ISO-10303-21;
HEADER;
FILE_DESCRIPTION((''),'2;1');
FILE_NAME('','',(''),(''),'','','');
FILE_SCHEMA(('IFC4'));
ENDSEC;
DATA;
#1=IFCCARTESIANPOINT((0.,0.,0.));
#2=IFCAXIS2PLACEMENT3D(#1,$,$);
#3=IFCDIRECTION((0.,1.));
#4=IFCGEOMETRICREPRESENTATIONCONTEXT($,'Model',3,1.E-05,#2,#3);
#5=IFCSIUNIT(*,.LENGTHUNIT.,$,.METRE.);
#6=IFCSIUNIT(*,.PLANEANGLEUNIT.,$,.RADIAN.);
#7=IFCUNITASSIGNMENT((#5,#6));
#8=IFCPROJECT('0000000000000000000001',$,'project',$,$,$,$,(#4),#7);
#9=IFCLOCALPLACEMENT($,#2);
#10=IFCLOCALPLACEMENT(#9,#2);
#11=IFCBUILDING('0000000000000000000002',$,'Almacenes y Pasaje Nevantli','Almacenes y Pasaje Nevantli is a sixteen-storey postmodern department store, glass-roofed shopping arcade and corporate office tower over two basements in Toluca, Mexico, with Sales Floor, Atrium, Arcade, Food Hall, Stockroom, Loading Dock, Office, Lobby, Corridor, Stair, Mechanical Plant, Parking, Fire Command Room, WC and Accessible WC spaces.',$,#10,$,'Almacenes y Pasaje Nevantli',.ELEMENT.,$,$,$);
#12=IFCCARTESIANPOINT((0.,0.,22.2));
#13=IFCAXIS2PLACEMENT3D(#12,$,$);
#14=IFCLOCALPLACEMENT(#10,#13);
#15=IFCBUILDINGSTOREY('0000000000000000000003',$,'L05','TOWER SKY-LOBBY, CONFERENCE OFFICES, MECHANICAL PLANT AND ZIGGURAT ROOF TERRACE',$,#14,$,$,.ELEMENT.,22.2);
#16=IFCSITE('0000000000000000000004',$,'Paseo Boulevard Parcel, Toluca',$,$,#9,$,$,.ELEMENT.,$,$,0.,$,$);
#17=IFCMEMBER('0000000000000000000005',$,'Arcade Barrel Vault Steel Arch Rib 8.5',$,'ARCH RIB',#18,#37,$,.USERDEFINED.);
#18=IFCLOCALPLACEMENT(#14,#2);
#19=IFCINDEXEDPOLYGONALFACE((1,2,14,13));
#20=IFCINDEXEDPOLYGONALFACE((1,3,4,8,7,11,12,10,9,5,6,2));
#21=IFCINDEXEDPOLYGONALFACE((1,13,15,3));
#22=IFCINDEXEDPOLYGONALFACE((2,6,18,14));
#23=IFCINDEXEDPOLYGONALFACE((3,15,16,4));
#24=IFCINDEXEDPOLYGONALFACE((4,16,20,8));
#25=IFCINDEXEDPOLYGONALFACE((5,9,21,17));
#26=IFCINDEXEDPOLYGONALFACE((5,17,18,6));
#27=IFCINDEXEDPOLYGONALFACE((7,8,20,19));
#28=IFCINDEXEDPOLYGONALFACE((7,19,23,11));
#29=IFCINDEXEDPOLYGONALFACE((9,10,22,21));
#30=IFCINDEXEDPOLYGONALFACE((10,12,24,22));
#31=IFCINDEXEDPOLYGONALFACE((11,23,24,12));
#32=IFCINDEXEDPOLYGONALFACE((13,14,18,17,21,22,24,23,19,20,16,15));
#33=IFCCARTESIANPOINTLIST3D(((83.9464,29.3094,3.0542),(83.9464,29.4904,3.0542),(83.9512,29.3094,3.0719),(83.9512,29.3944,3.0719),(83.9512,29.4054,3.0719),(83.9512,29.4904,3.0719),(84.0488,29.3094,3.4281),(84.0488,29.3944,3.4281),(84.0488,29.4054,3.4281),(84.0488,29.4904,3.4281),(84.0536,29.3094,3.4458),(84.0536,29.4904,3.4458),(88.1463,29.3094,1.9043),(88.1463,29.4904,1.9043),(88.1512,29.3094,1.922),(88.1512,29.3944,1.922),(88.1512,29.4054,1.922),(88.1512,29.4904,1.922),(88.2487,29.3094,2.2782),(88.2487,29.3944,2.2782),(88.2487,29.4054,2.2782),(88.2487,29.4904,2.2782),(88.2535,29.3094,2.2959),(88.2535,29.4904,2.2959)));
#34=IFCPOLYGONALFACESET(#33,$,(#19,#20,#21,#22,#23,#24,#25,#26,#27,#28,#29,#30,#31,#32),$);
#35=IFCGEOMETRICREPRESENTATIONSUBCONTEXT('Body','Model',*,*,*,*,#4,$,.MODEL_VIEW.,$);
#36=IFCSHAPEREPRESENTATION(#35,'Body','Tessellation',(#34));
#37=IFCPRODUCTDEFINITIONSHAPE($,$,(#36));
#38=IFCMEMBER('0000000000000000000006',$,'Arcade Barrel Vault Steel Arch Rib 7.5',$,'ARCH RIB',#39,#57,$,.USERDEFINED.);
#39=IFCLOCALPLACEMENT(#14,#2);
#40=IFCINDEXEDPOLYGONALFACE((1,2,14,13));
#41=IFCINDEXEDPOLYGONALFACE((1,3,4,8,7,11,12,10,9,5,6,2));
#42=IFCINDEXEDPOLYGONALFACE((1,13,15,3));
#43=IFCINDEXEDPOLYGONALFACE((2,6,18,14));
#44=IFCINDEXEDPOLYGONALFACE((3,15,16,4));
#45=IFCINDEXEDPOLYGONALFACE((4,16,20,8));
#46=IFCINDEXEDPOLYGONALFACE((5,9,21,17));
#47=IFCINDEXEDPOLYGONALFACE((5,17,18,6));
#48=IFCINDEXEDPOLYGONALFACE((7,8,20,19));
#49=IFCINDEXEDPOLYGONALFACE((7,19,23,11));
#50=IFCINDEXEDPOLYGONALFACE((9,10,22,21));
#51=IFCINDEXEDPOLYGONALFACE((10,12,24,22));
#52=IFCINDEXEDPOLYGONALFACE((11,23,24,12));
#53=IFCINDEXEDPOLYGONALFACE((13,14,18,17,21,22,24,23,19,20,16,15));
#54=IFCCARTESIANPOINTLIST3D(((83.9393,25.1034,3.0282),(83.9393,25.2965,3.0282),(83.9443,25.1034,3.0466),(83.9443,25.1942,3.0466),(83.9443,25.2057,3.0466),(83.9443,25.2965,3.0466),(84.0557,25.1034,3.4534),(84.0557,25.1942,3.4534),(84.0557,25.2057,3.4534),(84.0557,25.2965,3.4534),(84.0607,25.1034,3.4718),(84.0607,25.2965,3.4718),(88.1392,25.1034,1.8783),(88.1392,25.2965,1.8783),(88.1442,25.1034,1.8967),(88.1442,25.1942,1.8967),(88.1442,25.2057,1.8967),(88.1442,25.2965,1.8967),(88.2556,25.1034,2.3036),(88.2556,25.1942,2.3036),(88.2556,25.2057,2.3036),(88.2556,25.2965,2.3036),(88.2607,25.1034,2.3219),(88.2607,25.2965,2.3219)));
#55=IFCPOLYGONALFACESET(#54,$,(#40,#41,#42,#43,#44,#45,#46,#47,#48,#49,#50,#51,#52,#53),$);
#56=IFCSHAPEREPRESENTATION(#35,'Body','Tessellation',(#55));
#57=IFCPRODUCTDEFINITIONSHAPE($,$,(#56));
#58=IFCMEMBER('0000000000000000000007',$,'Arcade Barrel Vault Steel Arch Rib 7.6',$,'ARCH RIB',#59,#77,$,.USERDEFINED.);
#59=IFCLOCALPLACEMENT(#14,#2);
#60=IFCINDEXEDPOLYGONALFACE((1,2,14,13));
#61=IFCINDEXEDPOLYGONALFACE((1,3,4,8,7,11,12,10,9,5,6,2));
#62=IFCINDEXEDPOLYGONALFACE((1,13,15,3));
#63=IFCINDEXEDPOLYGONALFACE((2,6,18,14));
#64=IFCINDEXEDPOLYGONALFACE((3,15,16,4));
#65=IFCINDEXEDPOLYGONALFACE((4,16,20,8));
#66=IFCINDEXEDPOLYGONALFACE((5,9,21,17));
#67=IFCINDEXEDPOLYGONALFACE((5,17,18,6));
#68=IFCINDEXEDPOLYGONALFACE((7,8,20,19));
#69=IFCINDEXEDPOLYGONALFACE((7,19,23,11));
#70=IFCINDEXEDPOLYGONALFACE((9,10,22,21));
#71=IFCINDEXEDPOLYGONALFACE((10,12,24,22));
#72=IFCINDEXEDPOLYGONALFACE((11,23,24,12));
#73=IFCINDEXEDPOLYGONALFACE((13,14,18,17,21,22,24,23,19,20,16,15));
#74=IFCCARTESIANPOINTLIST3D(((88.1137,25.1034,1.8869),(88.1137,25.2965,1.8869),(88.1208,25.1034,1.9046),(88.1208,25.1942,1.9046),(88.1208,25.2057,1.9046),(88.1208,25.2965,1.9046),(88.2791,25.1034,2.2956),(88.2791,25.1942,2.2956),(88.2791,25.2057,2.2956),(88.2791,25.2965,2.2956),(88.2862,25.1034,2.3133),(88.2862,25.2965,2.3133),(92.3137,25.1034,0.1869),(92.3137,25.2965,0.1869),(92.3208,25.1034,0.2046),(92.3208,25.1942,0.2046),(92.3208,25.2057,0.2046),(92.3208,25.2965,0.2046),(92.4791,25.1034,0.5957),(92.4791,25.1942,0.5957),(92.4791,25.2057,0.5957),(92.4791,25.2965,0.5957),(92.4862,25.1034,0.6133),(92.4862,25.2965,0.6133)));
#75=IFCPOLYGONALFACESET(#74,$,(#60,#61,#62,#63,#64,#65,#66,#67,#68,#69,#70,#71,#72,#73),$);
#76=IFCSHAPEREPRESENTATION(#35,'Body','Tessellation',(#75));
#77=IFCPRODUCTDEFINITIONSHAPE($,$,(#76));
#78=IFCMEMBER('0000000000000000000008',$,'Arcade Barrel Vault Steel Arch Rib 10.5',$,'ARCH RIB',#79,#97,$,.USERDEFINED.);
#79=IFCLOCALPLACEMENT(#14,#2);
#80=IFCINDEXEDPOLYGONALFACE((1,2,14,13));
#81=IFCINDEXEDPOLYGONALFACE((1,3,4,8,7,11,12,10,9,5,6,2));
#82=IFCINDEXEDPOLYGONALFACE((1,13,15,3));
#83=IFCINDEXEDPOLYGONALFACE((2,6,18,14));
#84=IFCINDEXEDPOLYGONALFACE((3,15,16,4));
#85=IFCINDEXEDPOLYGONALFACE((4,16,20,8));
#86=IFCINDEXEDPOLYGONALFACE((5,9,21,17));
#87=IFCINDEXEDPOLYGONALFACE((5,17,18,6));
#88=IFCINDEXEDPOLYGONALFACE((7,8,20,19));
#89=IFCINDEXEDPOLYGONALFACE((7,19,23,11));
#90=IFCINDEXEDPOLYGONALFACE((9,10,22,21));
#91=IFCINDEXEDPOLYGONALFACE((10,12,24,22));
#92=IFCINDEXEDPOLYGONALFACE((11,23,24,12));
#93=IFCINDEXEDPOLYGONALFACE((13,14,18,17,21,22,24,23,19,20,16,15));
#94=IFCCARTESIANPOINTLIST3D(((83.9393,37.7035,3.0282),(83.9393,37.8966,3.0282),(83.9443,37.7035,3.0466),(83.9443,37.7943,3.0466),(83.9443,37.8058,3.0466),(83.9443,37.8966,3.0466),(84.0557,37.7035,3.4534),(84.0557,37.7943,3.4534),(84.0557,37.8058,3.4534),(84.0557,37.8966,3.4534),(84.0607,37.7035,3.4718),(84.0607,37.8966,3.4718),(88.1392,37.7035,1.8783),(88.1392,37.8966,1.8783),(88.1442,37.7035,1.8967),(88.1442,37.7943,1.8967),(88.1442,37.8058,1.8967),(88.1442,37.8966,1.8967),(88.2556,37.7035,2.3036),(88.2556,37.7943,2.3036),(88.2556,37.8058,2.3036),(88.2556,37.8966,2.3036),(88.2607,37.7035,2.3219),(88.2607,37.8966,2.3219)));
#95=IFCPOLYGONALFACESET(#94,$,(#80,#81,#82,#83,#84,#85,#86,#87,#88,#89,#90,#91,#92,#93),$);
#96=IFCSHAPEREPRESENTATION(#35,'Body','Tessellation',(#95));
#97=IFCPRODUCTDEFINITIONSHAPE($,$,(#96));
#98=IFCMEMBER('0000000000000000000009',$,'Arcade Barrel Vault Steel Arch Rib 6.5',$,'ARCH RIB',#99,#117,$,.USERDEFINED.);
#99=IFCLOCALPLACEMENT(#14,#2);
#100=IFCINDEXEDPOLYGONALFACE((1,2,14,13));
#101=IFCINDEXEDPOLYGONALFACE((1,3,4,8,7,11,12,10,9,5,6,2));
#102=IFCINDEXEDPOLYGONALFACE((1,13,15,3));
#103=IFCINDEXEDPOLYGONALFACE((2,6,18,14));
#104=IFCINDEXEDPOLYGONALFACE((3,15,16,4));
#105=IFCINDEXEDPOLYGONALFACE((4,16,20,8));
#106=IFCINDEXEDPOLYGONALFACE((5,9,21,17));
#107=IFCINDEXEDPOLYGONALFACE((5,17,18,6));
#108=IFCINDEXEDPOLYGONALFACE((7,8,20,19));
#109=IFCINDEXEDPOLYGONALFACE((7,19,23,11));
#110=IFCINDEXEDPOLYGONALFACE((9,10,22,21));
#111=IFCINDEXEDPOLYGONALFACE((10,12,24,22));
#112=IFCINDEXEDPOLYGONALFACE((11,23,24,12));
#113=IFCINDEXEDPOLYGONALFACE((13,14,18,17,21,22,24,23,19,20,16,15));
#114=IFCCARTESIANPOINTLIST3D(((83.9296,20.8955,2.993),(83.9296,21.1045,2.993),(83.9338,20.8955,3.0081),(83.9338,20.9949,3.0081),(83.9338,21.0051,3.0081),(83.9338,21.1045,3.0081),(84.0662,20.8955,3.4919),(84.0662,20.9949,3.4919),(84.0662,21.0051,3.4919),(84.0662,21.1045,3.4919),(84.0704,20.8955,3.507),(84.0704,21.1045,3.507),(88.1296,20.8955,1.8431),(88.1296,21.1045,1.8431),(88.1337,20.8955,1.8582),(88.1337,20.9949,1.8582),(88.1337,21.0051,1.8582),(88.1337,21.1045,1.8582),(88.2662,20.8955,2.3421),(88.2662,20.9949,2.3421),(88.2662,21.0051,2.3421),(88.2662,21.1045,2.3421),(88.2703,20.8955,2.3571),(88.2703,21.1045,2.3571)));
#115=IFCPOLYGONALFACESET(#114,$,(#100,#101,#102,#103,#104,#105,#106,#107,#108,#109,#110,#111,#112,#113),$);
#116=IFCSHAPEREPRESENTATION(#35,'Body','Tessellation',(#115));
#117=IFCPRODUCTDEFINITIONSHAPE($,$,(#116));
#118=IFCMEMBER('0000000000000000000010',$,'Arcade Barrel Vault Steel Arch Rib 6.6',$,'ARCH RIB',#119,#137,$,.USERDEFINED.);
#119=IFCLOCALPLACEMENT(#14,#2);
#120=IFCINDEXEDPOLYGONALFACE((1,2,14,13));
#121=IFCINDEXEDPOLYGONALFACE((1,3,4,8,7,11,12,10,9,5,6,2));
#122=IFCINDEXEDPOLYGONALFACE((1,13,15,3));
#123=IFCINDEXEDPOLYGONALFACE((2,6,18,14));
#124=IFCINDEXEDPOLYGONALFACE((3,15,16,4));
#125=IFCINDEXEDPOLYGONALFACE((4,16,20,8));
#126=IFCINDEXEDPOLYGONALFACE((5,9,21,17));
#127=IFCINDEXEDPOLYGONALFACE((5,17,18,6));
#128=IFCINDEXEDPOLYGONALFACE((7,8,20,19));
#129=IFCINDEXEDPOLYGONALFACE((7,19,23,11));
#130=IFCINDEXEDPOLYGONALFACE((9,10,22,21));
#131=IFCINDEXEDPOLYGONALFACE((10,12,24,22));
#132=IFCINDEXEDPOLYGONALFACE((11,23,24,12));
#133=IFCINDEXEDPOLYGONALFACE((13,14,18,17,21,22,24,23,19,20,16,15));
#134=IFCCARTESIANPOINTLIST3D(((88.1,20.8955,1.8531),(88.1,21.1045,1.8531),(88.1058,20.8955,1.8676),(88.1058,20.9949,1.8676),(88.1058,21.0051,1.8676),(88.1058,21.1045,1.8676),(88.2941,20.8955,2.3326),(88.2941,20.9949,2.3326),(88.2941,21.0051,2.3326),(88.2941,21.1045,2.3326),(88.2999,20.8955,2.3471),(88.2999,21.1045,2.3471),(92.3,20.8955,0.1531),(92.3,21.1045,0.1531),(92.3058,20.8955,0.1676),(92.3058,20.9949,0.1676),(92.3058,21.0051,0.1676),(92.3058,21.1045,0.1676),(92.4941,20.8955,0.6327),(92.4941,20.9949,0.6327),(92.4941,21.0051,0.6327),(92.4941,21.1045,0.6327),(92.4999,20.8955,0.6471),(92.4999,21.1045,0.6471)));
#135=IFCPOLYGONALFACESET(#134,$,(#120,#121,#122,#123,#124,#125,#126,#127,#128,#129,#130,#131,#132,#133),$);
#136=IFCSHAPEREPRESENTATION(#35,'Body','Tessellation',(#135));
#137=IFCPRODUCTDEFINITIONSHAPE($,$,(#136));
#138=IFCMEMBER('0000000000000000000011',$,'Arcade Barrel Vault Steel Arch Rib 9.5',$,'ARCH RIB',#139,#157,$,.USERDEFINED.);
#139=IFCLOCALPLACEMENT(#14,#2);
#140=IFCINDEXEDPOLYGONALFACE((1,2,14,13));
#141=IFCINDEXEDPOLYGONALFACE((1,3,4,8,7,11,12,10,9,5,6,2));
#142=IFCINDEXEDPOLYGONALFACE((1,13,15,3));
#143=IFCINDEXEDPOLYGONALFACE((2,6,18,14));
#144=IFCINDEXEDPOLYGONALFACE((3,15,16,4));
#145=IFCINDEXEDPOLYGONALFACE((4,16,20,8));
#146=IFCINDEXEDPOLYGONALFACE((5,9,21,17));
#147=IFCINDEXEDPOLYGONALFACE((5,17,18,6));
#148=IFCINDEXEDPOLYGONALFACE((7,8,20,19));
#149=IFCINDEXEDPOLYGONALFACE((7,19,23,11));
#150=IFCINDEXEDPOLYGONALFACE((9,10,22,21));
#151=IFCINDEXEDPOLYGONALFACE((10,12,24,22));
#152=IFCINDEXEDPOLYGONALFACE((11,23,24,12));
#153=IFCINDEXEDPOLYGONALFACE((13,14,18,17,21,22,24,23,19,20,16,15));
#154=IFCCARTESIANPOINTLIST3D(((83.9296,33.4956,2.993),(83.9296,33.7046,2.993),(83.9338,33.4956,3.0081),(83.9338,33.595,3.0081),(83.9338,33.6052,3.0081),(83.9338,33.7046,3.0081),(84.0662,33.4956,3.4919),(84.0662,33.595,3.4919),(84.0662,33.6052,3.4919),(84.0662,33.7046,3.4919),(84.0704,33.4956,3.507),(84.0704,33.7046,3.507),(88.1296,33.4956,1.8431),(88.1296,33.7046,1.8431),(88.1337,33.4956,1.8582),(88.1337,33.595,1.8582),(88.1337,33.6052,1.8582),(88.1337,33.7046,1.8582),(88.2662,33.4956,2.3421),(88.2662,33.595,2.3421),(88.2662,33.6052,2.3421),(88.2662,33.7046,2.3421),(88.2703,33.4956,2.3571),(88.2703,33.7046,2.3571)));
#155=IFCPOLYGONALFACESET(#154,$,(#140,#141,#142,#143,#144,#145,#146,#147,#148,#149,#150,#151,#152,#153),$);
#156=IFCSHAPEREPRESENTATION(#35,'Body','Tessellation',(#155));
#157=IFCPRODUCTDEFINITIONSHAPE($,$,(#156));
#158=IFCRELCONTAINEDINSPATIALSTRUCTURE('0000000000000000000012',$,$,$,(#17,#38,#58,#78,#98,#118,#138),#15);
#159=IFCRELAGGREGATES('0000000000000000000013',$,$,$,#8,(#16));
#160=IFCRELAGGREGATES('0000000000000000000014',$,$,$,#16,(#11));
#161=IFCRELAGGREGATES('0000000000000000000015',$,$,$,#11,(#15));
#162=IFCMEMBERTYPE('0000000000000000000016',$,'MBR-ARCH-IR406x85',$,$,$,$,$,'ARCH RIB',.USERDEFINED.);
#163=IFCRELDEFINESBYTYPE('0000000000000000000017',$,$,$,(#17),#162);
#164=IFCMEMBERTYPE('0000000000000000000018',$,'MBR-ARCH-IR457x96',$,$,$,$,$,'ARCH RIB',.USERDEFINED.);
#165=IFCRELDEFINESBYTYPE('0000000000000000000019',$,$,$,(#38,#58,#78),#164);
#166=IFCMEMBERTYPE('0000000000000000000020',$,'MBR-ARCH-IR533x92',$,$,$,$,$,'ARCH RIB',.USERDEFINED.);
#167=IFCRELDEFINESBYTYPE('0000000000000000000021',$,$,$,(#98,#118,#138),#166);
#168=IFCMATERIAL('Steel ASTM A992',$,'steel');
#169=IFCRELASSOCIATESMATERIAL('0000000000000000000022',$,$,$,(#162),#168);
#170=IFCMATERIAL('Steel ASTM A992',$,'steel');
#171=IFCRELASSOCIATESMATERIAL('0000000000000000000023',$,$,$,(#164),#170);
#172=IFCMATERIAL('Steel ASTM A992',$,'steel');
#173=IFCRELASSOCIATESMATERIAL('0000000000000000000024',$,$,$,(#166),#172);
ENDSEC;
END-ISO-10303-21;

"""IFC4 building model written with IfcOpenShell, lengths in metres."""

from ifc_helpers import new_model, si_unit, direction, frame, origin, origin_2d, place, context, subcontext, project, spatial, i_section, extrude, material, material_profile, profile_set, type_object, element, save


model = new_model("IFC4")

# Units and contexts
model_context = context("Model", 3, precision=1e-05, world=origin(), true_north=direction((0.0, 1.0)))
body_context = subcontext(model_context, "Body", "Model", "MODEL_VIEW")
ifc_project = project(units=[si_unit("LENGTHUNIT", "METRE"), si_unit("PLANEANGLEUNIT", "RADIAN")], contexts=[model_context])

# Site, building, storey
site_placement = place(None, origin())
site = spatial("IfcSite", under=ifc_project, at=site_placement, Name="Paseo Boulevard Parcel, Toluca", CompositionType="ELEMENT", RefElevation=0.0)
building_placement = place(site_placement, origin())
building = spatial("IfcBuilding", under=site, at=building_placement, Name="Almacenes y Pasaje Nevantli", Description="Almacenes y Pasaje Nevantli is a sixteen-storey postmodern department store, glass-roofed shopping arcade and corporate office tower over two basements in Toluca, Mexico, with Sales Floor, Atrium, Arcade, Food Hall, Stockroom, Loading Dock, Office, Lobby, Corridor, Stair, Mechanical Plant, Parking, Fire Command Room, WC and Accessible WC spaces.", LongName="Almacenes y Pasaje Nevantli", CompositionType="ELEMENT")
storey_placement = place(building_placement, frame((0.0, 0.0, 22.2)))
storey = spatial("IfcBuildingStorey", under=building, at=storey_placement, Name="L05", Description="TOWER SKY-LOBBY, CONFERENCE OFFICES, MECHANICAL PLANT AND ZIGGURAT ROOF TERRACE", CompositionType="ELEMENT", Elevation=22.2)

# Members
ifc_material_1 = material(Name="Steel ASTM A992", Category="steel")
ifc_material_profile_1 = material_profile(ifc_material_1, i_section(OverallWidth=0.1809, OverallDepth=0.406, WebThickness=0.011, FlangeThickness=0.0183, at=origin_2d()), Name="IR 406x85.0")
ifc_profile_set_1 = profile_set([ifc_material_profile_1], Name="Steel ASTM A992")
member_type_1 = type_object("IfcMemberType", Name="MBR-ARCH-IR406x85", ElementType="ARCH RIB", PredefinedType="USERDEFINED", material=ifc_profile_set_1)
member_1_placement = place(storey_placement, frame((84.0, 29.3999, 3.25), z_axis=(0.964503, 0.0, -0.264071), x_axis=(0.0, 1.0, 0.0)))
element("IfcMember", 1, at=member_1_placement, inside=storey, type_object=member_type_1, Name="Arcade Barrel Vault Steel Arch Rib 8.5", ObjectType="ARCH RIB", PredefinedType="USERDEFINED", context=body_context, shape_type="SweptSolid", body=[
    extrude(i_section(OverallWidth=0.1809, OverallDepth=0.406, WebThickness=0.011, FlangeThickness=0.0183, at=origin_2d()), origin(), (0.0, 0.0, 1.0), 4.3545),
])
ifc_material_2 = material(Name="Steel ASTM A992", Category="steel")
ifc_material_profile_2 = material_profile(ifc_material_2, i_section(OverallWidth=0.1931, OverallDepth=0.46, WebThickness=0.0115, FlangeThickness=0.019, at=origin_2d()), Name="IR 457x96.7")
ifc_profile_set_2 = profile_set([ifc_material_profile_2], Name="Steel ASTM A992")
member_type_2 = type_object("IfcMemberType", Name="MBR-ARCH-IR457x96", ElementType="ARCH RIB", PredefinedType="USERDEFINED", material=ifc_profile_set_2)
member_2_placement = place(storey_placement, frame((84.0, 25.2, 3.25), z_axis=(0.964503, 0.0, -0.264071), x_axis=(0.0, 1.0, 0.0)))
element("IfcMember", 2, at=member_2_placement, inside=storey, type_object=member_type_2, Name="Arcade Barrel Vault Steel Arch Rib 7.5", ObjectType="ARCH RIB", PredefinedType="USERDEFINED", context=body_context, shape_type="SweptSolid", body=[
    extrude(i_section(OverallWidth=0.1931, OverallDepth=0.46, WebThickness=0.0115, FlangeThickness=0.019, at=origin_2d()), origin(), (0.0, 0.0, 1.0), 4.3545),
])
member_3_placement = place(storey_placement, frame((88.2, 25.2, 2.1001), z_axis=(0.926949, 0.0, -0.375187), x_axis=(0.0, 1.0, 0.0)))
element("IfcMember", 3, at=member_3_placement, inside=storey, type_object=member_type_2, Name="Arcade Barrel Vault Steel Arch Rib 7.6", ObjectType="ARCH RIB", PredefinedType="USERDEFINED", context=body_context, shape_type="SweptSolid", body=[
    extrude(i_section(OverallWidth=0.1931, OverallDepth=0.46, WebThickness=0.0115, FlangeThickness=0.019, at=origin_2d()), origin(), (0.0, 0.0, 1.0), 4.531),
])
member_4_placement = place(storey_placement, frame((84.0, 37.8, 3.25), z_axis=(0.964503, 0.0, -0.264071), x_axis=(0.0, 1.0, 0.0)))
element("IfcMember", 4, at=member_4_placement, inside=storey, type_object=member_type_2, Name="Arcade Barrel Vault Steel Arch Rib 10.5", ObjectType="ARCH RIB", PredefinedType="USERDEFINED", context=body_context, shape_type="SweptSolid", body=[
    extrude(i_section(OverallWidth=0.1931, OverallDepth=0.46, WebThickness=0.0115, FlangeThickness=0.019, at=origin_2d()), origin(), (0.0, 0.0, 1.0), 4.3545),
])
ifc_material_3 = material(Name="Steel ASTM A992", Category="steel")
ifc_material_profile_3 = material_profile(ifc_material_3, i_section(OverallWidth=0.209, OverallDepth=0.533, WebThickness=0.0103, FlangeThickness=0.0156, at=origin_2d()), Name="IR 533x92.5")
ifc_profile_set_3 = profile_set([ifc_material_profile_3], Name="Steel ASTM A992")
member_type_3 = type_object("IfcMemberType", Name="MBR-ARCH-IR533x92", ElementType="ARCH RIB", PredefinedType="USERDEFINED", material=ifc_profile_set_3)
member_5_placement = place(storey_placement, frame((84.0, 21.0, 3.25), z_axis=(0.964503, 0.0, -0.264071), x_axis=(0.0, 1.0, 0.0)))
element("IfcMember", 5, at=member_5_placement, inside=storey, type_object=member_type_3, Name="Arcade Barrel Vault Steel Arch Rib 6.5", ObjectType="ARCH RIB", PredefinedType="USERDEFINED", context=body_context, shape_type="SweptSolid", body=[
    extrude(i_section(OverallWidth=0.209, OverallDepth=0.533, WebThickness=0.0103, FlangeThickness=0.0156, at=origin_2d()), origin(), (0.0, 0.0, 1.0), 4.3545),
])
member_6_placement = place(storey_placement, frame((88.2, 21.0, 2.1001), z_axis=(0.926949, 0.0, -0.375187), x_axis=(0.0, 1.0, 0.0)))
element("IfcMember", 6, at=member_6_placement, inside=storey, type_object=member_type_3, Name="Arcade Barrel Vault Steel Arch Rib 6.6", ObjectType="ARCH RIB", PredefinedType="USERDEFINED", context=body_context, shape_type="SweptSolid", body=[
    extrude(i_section(OverallWidth=0.209, OverallDepth=0.533, WebThickness=0.0103, FlangeThickness=0.0156, at=origin_2d()), origin(), (0.0, 0.0, 1.0), 4.531),
])
member_7_placement = place(storey_placement, frame((84.0, 33.6001, 3.25), z_axis=(0.964503, 0.0, -0.264071), x_axis=(0.0, 1.0, 0.0)))
element("IfcMember", 7, at=member_7_placement, inside=storey, type_object=member_type_3, Name="Arcade Barrel Vault Steel Arch Rib 9.5", ObjectType="ARCH RIB", PredefinedType="USERDEFINED", context=body_context, shape_type="SweptSolid", body=[
    extrude(i_section(OverallWidth=0.209, OverallDepth=0.533, WebThickness=0.0103, FlangeThickness=0.0156, at=origin_2d()), origin(), (0.0, 0.0, 1.0), 4.3545),
])

save(model, "model.ifc")
